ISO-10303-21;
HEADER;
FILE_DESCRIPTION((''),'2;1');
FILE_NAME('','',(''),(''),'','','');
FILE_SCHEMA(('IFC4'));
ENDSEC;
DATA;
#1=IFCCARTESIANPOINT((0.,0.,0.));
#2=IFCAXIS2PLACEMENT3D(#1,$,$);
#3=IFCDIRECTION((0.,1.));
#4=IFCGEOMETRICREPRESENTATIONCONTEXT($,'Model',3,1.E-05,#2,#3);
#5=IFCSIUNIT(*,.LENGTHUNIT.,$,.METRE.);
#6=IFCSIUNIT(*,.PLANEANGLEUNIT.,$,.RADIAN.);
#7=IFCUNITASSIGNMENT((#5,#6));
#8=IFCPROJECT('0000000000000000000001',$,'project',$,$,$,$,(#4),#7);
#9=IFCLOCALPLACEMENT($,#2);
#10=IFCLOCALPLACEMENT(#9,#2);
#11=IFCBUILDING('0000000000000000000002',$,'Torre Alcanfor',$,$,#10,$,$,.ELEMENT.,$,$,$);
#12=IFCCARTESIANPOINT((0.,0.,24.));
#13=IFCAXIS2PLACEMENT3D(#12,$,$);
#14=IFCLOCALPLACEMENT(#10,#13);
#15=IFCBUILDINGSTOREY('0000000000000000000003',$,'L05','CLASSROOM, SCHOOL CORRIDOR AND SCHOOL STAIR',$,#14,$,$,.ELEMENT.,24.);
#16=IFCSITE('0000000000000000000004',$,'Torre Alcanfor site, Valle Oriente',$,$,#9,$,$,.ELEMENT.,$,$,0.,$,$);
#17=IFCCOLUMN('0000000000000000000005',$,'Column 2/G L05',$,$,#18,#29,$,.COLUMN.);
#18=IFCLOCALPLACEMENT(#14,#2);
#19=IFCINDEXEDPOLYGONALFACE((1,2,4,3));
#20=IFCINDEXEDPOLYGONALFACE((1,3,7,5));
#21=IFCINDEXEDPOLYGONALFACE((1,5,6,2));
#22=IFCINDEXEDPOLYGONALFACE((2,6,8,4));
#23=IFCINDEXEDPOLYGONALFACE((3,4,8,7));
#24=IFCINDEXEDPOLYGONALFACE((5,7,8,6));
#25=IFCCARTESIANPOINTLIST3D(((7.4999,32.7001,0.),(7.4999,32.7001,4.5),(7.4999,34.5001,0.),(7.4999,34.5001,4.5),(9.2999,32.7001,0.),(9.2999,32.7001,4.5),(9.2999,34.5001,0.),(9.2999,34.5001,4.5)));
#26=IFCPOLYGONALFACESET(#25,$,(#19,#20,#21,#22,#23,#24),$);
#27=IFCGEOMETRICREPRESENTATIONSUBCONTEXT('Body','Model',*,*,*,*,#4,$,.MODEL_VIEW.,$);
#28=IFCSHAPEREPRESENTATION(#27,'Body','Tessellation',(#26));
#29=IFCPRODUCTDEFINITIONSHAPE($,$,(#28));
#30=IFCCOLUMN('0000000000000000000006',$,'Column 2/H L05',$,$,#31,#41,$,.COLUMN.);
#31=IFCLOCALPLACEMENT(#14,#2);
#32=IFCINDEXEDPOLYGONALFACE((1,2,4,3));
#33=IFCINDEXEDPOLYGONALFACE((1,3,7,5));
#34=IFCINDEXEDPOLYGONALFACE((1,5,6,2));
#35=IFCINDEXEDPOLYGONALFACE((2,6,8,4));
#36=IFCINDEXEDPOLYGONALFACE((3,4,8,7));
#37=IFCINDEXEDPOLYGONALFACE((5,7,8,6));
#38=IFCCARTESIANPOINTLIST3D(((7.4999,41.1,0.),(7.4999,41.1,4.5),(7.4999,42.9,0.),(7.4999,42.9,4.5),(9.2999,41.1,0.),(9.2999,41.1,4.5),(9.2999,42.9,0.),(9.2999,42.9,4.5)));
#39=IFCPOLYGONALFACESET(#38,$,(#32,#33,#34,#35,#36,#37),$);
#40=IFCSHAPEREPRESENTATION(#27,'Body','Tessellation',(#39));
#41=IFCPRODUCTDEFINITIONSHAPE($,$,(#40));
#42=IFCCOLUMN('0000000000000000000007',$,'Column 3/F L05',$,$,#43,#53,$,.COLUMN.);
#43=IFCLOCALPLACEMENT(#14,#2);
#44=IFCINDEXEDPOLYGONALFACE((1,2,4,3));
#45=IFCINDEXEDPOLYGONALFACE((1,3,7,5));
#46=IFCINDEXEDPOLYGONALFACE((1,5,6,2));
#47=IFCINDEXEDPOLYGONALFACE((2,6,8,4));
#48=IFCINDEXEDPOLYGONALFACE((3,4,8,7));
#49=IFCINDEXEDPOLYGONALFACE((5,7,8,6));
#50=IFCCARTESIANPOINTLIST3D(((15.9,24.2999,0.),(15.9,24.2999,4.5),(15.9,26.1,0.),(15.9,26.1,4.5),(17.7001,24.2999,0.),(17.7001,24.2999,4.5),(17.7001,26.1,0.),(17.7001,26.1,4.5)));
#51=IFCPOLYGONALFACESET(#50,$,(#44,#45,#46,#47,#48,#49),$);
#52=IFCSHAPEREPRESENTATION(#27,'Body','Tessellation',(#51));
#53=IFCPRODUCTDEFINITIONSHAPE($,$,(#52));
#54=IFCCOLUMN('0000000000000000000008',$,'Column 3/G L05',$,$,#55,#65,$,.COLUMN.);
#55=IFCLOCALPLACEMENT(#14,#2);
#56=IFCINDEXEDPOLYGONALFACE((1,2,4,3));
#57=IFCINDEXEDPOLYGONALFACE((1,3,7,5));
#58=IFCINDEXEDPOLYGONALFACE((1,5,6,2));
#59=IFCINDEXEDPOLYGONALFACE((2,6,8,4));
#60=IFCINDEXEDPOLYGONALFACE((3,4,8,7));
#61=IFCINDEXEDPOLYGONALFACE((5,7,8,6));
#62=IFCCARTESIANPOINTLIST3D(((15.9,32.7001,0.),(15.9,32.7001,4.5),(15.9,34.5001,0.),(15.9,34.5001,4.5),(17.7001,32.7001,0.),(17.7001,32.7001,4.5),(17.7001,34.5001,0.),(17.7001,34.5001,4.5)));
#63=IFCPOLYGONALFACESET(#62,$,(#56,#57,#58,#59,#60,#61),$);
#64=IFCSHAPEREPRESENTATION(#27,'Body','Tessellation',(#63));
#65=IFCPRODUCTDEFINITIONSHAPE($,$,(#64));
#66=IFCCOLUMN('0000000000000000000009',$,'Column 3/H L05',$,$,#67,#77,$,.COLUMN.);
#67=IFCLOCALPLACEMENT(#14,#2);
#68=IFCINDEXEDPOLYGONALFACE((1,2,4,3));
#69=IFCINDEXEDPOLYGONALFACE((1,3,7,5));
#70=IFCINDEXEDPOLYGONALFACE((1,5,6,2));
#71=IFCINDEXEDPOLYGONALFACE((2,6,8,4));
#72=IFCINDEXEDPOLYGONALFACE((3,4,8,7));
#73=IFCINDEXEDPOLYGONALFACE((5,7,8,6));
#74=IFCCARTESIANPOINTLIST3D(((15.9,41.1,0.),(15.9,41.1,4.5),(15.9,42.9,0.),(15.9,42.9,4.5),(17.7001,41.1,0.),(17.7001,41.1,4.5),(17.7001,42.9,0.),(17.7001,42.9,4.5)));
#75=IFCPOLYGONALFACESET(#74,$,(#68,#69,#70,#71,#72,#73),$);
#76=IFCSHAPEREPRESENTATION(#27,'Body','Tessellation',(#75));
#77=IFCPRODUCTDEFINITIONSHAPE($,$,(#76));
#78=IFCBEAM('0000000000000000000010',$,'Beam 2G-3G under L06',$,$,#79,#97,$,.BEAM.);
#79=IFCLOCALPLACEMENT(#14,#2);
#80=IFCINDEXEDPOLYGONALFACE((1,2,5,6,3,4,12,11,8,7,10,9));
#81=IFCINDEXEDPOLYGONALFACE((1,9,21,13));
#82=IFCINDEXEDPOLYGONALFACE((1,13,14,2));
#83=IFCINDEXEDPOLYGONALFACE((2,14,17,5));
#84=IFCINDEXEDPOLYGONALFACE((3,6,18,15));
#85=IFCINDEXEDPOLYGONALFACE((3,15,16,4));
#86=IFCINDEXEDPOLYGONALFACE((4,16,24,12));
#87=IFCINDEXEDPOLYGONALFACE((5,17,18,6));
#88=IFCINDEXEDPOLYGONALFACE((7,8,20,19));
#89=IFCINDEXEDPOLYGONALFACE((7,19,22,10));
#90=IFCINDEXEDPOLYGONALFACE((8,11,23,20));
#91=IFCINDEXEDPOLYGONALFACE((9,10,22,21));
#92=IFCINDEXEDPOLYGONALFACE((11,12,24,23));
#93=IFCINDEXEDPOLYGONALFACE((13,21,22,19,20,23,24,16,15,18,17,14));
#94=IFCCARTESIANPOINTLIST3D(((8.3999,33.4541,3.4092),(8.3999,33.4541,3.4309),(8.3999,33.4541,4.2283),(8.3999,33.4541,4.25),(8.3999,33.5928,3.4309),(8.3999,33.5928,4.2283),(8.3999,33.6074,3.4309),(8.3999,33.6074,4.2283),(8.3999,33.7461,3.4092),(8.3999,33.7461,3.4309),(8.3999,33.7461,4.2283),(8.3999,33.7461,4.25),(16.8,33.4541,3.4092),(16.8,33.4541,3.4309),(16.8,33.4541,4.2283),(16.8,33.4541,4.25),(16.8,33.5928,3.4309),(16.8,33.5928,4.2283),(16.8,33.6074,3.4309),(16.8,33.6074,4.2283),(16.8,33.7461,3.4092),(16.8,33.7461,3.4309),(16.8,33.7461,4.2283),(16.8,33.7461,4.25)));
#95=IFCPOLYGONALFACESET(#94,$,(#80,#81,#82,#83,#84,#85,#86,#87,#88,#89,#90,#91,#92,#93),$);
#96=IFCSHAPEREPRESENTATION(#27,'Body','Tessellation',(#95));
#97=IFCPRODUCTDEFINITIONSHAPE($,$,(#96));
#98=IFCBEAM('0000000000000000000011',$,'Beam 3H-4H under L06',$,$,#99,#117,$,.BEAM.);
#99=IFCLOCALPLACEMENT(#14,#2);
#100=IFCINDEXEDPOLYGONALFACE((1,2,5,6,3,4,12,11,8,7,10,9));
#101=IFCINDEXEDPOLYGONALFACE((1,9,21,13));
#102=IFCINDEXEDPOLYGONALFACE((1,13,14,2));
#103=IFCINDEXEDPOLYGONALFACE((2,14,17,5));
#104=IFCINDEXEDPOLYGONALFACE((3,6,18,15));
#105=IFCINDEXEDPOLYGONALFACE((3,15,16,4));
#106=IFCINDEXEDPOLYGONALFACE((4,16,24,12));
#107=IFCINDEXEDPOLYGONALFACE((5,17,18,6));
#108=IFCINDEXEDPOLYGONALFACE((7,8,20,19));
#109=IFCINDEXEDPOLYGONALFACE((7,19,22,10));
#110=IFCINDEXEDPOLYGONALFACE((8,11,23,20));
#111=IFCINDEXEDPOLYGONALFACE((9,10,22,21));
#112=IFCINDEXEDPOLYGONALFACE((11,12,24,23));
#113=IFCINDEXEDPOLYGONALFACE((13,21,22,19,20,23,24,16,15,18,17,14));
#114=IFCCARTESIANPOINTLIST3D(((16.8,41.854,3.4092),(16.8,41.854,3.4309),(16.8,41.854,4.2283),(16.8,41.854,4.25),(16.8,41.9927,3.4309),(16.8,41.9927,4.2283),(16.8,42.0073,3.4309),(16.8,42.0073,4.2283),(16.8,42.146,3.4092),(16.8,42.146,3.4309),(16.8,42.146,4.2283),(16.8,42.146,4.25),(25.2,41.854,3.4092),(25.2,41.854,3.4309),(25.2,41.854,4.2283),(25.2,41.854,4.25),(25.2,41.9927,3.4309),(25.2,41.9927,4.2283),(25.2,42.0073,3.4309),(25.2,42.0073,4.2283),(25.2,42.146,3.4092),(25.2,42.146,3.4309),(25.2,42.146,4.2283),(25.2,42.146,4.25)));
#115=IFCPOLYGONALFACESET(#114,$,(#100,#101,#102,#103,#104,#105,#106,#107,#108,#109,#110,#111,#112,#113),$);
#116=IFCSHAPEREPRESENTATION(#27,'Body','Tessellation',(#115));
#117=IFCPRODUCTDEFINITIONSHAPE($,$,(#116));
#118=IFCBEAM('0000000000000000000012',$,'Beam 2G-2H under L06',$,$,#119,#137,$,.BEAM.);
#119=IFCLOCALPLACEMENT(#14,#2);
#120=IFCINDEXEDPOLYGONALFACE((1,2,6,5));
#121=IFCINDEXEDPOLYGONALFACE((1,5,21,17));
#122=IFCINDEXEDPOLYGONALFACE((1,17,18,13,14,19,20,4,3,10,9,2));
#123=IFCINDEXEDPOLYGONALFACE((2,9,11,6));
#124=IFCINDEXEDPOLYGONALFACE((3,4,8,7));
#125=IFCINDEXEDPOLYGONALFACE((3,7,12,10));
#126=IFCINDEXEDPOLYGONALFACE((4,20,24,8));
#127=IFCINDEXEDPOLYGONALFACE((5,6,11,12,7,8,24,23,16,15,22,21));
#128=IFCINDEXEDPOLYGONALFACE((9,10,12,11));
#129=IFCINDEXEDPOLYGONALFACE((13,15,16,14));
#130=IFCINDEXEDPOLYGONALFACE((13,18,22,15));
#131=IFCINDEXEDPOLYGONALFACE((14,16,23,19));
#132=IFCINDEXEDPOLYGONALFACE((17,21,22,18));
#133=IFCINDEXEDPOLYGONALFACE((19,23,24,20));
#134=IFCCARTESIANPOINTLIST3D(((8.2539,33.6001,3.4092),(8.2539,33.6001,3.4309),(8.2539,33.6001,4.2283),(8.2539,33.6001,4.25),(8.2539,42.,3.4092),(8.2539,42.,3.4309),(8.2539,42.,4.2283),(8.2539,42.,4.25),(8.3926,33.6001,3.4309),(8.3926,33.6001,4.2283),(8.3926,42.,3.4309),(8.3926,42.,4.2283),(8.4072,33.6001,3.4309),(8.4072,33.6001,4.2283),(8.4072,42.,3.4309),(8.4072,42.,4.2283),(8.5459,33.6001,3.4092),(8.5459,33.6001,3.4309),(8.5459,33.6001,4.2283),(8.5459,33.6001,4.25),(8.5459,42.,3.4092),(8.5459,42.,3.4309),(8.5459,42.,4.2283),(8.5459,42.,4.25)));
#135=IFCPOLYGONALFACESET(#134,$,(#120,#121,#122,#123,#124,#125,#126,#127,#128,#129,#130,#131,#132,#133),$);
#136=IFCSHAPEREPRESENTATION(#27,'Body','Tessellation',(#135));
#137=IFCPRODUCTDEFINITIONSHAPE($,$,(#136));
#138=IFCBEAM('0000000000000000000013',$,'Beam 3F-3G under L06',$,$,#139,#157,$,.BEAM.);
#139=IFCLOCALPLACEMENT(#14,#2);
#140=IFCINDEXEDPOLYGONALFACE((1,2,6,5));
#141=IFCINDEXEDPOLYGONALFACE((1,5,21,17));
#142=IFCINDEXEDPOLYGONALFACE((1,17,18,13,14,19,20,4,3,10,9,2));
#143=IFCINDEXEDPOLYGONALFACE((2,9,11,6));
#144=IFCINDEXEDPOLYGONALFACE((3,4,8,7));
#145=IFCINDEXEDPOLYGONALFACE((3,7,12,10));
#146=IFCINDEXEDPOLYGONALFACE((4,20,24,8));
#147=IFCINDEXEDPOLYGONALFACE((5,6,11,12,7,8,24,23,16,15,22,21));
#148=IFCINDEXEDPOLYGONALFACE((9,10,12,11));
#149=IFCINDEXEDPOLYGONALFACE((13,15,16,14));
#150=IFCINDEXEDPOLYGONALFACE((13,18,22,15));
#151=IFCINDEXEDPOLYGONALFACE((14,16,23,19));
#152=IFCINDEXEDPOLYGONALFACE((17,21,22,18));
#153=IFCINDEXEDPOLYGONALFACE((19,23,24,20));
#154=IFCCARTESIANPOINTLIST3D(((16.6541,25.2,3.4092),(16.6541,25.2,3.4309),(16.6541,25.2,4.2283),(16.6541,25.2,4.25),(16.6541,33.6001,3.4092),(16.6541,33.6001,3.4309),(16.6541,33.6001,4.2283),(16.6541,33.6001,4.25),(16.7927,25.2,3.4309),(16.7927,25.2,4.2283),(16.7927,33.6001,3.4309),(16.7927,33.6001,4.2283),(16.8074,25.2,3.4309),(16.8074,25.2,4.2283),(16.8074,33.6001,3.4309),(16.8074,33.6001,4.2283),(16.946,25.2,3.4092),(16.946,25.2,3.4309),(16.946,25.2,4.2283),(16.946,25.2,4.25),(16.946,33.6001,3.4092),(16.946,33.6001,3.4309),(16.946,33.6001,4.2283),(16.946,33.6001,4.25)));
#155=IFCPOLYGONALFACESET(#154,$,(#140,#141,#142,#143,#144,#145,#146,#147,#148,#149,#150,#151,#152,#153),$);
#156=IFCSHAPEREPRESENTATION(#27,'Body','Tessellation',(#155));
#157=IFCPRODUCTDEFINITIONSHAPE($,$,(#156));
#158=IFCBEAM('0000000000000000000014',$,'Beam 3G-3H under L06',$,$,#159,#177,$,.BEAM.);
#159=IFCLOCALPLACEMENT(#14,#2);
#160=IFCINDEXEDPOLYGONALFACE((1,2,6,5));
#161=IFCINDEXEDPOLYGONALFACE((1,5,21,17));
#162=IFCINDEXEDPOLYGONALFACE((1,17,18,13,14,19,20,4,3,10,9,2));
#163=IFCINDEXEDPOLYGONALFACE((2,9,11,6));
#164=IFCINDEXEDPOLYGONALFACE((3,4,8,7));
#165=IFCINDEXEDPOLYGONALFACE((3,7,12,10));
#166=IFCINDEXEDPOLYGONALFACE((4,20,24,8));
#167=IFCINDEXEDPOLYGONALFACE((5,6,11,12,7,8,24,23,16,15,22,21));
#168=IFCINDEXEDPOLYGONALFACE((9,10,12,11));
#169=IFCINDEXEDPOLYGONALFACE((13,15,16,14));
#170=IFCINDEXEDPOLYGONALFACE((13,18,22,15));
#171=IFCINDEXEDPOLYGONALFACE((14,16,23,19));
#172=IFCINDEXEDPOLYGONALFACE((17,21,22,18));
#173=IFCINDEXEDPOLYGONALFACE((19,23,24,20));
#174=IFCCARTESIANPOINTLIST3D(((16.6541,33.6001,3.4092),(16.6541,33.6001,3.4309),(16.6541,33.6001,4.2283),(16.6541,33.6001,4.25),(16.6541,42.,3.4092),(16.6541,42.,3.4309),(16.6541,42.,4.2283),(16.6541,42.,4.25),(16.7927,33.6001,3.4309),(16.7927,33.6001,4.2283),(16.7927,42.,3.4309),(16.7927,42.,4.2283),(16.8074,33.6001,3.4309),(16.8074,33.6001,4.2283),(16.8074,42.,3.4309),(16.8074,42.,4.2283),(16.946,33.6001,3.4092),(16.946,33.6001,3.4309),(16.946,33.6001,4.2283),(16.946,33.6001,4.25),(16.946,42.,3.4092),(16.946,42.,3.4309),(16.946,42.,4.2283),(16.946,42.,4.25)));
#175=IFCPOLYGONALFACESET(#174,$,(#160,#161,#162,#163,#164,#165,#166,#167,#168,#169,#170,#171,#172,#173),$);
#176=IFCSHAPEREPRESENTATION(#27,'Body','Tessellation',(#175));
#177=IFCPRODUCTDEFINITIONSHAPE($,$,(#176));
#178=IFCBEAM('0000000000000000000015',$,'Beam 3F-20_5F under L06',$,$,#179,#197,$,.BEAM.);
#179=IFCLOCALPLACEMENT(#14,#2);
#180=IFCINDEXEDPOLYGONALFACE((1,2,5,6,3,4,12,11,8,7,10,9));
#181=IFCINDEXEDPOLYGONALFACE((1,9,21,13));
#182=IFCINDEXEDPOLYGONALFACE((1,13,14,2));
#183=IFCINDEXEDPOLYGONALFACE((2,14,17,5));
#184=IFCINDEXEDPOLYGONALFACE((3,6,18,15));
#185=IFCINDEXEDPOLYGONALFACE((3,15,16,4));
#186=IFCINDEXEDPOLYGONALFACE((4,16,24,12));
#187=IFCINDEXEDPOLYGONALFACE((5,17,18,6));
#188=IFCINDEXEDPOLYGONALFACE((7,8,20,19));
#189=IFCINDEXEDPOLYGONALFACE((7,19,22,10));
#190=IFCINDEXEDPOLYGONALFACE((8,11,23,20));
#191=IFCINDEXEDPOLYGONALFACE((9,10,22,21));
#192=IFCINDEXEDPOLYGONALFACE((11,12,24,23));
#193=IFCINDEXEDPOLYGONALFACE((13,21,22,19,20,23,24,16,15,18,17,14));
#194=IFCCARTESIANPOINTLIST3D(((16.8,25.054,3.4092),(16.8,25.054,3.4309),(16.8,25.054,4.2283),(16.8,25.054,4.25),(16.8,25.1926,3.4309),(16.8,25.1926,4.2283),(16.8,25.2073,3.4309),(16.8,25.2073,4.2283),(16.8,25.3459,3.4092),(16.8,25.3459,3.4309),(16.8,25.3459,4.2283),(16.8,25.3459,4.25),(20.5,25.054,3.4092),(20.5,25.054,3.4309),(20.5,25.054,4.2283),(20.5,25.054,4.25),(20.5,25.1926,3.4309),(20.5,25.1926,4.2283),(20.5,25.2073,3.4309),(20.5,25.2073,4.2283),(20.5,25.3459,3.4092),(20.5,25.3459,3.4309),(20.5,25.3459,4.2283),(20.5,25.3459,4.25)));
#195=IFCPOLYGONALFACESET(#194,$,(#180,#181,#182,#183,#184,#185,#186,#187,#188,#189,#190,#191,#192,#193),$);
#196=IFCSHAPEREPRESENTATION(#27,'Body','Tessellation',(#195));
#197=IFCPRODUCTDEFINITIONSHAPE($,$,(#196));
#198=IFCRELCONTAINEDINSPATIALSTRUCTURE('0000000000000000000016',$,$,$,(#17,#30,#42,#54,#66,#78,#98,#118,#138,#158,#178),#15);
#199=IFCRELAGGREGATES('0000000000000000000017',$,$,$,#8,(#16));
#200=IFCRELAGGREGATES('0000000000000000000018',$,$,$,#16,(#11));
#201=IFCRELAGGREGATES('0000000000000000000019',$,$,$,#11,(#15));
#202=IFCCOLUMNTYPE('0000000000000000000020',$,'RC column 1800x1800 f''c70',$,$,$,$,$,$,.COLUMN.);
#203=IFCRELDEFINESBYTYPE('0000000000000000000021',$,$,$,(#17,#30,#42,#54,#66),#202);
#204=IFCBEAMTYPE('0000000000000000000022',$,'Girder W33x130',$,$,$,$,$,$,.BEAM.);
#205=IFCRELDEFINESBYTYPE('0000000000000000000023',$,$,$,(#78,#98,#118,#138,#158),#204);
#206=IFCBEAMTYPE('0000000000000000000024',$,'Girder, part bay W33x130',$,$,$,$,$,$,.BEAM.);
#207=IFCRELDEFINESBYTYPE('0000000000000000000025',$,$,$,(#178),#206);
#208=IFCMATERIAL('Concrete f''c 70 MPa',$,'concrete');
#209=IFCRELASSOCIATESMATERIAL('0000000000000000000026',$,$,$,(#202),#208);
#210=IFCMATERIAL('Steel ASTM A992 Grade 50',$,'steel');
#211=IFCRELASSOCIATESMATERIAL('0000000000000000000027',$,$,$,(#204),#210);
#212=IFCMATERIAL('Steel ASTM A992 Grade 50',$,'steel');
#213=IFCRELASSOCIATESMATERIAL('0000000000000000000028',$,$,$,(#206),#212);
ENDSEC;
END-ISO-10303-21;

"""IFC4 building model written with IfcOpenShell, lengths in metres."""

from ifc_helpers import new_model, si_unit, direction, frame, origin, origin_2d, place, context, subcontext, project, spatial, rectangle, i_section, extrude, material, material_profile, profile_set, type_object, element, save


model = new_model("IFC4")

# Units and contexts
model_context = context("Model", 3, precision=1e-05, world=origin(), true_north=direction((0.0, 1.0)))
body_context = subcontext(model_context, "Body", "Model", "MODEL_VIEW")
ifc_project = project(units=[si_unit("LENGTHUNIT", "METRE"), si_unit("PLANEANGLEUNIT", "RADIAN")], contexts=[model_context])

# Site, building, storey
site_placement = place(None, origin())
site = spatial("IfcSite", under=ifc_project, at=site_placement, Name="Torre Alcanfor site, Valle Oriente", CompositionType="ELEMENT", RefElevation=0.0)
building_placement = place(site_placement, origin())
building = spatial("IfcBuilding", under=site, at=building_placement, Name="Torre Alcanfor", CompositionType="ELEMENT")
storey_placement = place(building_placement, frame((0.0, 0.0, 24.0)))
storey = spatial("IfcBuildingStorey", under=building, at=storey_placement, Name="L05", Description="CLASSROOM, SCHOOL CORRIDOR AND SCHOOL STAIR", CompositionType="ELEMENT", Elevation=24.0)

# Columns
ifc_material_1 = material(Name="Concrete f'c 70 MPa", Category="concrete")
ifc_material_profile_1 = material_profile(ifc_material_1, rectangle(XDim=1.8, YDim=1.8, at=origin_2d()), Name="1800x1800")
ifc_profile_set_1 = profile_set([ifc_material_profile_1], Name="Concrete f'c 70 MPa")
column_type = type_object("IfcColumnType", Name="RC column 1800x1800 f'c70", PredefinedType="COLUMN", material=ifc_profile_set_1)
for number, where, z_axis, x_axis, name in (
    (1, (8.3999, 33.6001, 0.0), (0.0, 0.0, 1.0), (1.0, 0.0, 0.0), "Column 2/G L05"),
    (2, (8.3999, 42.0, 0.0), (0.0, 0.0, 1.0), (1.0, 0.0, 0.0), "Column 2/H L05"),
    (3, (16.8, 25.2, 0.0), (0.0, 0.0, 1.0), (1.0, 0.0, 0.0), "Column 3/F L05"),
    (4, (16.8, 33.6001, 0.0), (0.0, 0.0, 1.0), (1.0, 0.0, 0.0), "Column 3/G L05"),
    (5, (16.8, 42.0, 0.0), (0.0, 0.0, 1.0), (1.0, 0.0, 0.0), "Column 3/H L05"),
):
    element("IfcColumn", number, at=place(storey_placement, frame(where, z_axis=z_axis, x_axis=x_axis)), inside=storey, type_object=column_type, Name=name, PredefinedType="COLUMN", context=body_context, shape_type="SweptSolid", body=[
        extrude(rectangle(XDim=1.8, YDim=1.8, at=origin_2d()), origin(), (0.0, 0.0, 1.0), 4.5),
    ])

# Beams
ifc_material_2 = material(Name="Steel ASTM A992 Grade 50", Category="steel")
ifc_material_profile_2 = material_profile(ifc_material_2, i_section(OverallWidth=0.292, OverallDepth=0.8408, WebThickness=0.0146, FlangeThickness=0.0217, at=origin_2d()), Name="W33x130")
ifc_profile_set_2 = profile_set([ifc_material_profile_2], Name="Steel ASTM A992 Grade 50")
beam_type_1 = type_object("IfcBeamType", Name="Girder W33x130", PredefinedType="BEAM", material=ifc_profile_set_2)
beam_1_placement = place(storey_placement, frame((8.3999, 33.6001, 3.8296), z_axis=(1.0, 0.0, 0.0), x_axis=(0.0, 1.0, 0.0)))
element("IfcBeam", 6, at=beam_1_placement, inside=storey, type_object=beam_type_1, Name="Beam 2G-3G under L06", PredefinedType="BEAM", context=body_context, shape_type="SweptSolid", body=[
    extrude(i_section(OverallWidth=0.292, OverallDepth=0.8408, WebThickness=0.0146, FlangeThickness=0.0217, at=origin_2d()), origin(), (0.0, 0.0, 1.0), 8.4001),
])
for number, where, z_axis, x_axis, name in (
    (7, (16.8, 42.0, 3.8296), (1.0, 0.0, 0.0), (0.0, 1.0, 0.0), "Beam 3H-4H under L06"),
    (8, (8.3999, 33.6001, 3.8296), (0.0, 1.0, 0.0), (-1.0, 0.0, 0.0), "Beam 2G-2H under L06"),
):
    element("IfcBeam", number, at=place(storey_placement, frame(where, z_axis=z_axis, x_axis=x_axis)), inside=storey, type_object=beam_type_1, Name=name, PredefinedType="BEAM", context=body_context, shape_type="SweptSolid", body=[
        extrude(i_section(OverallWidth=0.292, OverallDepth=0.8408, WebThickness=0.0146, FlangeThickness=0.0217, at=origin_2d()), origin(), (0.0, 0.0, 1.0), 8.3999),
    ])
beam_2_placement = place(storey_placement, frame((16.8, 25.2, 3.8296), z_axis=(0.0, 1.0, 0.0), x_axis=(-1.0, 0.0, 0.0)))
element("IfcBeam", 9, at=beam_2_placement, inside=storey, type_object=beam_type_1, Name="Beam 3F-3G under L06", PredefinedType="BEAM", context=body_context, shape_type="SweptSolid", body=[
    extrude(i_section(OverallWidth=0.292, OverallDepth=0.8408, WebThickness=0.0146, FlangeThickness=0.0217, at=origin_2d()), origin(), (0.0, 0.0, 1.0), 8.4001),
])
beam_3_placement = place(storey_placement, frame((16.8, 33.6001, 3.8296), z_axis=(0.0, 1.0, 0.0), x_axis=(-1.0, 0.0, 0.0)))
element("IfcBeam", 10, at=beam_3_placement, inside=storey, type_object=beam_type_1, Name="Beam 3G-3H under L06", PredefinedType="BEAM", context=body_context, shape_type="SweptSolid", body=[
    extrude(i_section(OverallWidth=0.292, OverallDepth=0.8408, WebThickness=0.0146, FlangeThickness=0.0217, at=origin_2d()), origin(), (0.0, 0.0, 1.0), 8.3999),
])
ifc_material_3 = material(Name="Steel ASTM A992 Grade 50", Category="steel")
ifc_material_profile_3 = material_profile(ifc_material_3, i_section(OverallWidth=0.292, OverallDepth=0.8408, WebThickness=0.0146, FlangeThickness=0.0217, at=origin_2d()), Name="W33x130")
ifc_profile_set_3 = profile_set([ifc_material_profile_3], Name="Steel ASTM A992 Grade 50")
beam_type_2 = type_object("IfcBeamType", Name="Girder, part bay W33x130", PredefinedType="BEAM", material=ifc_profile_set_3)
for number, where, z_axis, x_axis, name in (
    (11, (16.8, 25.2, 3.8296), (1.0, 0.0, 0.0), (0.0, 1.0, 0.0), "Beam 3F-20_5F under L06"),
):
    element("IfcBeam", number, at=place(storey_placement, frame(where, z_axis=z_axis, x_axis=x_axis)), inside=storey, type_object=beam_type_2, Name=name, PredefinedType="BEAM", context=body_context, shape_type="SweptSolid", body=[
        extrude(i_section(OverallWidth=0.292, OverallDepth=0.8408, WebThickness=0.0146, FlangeThickness=0.0217, at=origin_2d()), origin(), (0.0, 0.0, 1.0), 3.7),
    ])

save(model, "model.ifc")
